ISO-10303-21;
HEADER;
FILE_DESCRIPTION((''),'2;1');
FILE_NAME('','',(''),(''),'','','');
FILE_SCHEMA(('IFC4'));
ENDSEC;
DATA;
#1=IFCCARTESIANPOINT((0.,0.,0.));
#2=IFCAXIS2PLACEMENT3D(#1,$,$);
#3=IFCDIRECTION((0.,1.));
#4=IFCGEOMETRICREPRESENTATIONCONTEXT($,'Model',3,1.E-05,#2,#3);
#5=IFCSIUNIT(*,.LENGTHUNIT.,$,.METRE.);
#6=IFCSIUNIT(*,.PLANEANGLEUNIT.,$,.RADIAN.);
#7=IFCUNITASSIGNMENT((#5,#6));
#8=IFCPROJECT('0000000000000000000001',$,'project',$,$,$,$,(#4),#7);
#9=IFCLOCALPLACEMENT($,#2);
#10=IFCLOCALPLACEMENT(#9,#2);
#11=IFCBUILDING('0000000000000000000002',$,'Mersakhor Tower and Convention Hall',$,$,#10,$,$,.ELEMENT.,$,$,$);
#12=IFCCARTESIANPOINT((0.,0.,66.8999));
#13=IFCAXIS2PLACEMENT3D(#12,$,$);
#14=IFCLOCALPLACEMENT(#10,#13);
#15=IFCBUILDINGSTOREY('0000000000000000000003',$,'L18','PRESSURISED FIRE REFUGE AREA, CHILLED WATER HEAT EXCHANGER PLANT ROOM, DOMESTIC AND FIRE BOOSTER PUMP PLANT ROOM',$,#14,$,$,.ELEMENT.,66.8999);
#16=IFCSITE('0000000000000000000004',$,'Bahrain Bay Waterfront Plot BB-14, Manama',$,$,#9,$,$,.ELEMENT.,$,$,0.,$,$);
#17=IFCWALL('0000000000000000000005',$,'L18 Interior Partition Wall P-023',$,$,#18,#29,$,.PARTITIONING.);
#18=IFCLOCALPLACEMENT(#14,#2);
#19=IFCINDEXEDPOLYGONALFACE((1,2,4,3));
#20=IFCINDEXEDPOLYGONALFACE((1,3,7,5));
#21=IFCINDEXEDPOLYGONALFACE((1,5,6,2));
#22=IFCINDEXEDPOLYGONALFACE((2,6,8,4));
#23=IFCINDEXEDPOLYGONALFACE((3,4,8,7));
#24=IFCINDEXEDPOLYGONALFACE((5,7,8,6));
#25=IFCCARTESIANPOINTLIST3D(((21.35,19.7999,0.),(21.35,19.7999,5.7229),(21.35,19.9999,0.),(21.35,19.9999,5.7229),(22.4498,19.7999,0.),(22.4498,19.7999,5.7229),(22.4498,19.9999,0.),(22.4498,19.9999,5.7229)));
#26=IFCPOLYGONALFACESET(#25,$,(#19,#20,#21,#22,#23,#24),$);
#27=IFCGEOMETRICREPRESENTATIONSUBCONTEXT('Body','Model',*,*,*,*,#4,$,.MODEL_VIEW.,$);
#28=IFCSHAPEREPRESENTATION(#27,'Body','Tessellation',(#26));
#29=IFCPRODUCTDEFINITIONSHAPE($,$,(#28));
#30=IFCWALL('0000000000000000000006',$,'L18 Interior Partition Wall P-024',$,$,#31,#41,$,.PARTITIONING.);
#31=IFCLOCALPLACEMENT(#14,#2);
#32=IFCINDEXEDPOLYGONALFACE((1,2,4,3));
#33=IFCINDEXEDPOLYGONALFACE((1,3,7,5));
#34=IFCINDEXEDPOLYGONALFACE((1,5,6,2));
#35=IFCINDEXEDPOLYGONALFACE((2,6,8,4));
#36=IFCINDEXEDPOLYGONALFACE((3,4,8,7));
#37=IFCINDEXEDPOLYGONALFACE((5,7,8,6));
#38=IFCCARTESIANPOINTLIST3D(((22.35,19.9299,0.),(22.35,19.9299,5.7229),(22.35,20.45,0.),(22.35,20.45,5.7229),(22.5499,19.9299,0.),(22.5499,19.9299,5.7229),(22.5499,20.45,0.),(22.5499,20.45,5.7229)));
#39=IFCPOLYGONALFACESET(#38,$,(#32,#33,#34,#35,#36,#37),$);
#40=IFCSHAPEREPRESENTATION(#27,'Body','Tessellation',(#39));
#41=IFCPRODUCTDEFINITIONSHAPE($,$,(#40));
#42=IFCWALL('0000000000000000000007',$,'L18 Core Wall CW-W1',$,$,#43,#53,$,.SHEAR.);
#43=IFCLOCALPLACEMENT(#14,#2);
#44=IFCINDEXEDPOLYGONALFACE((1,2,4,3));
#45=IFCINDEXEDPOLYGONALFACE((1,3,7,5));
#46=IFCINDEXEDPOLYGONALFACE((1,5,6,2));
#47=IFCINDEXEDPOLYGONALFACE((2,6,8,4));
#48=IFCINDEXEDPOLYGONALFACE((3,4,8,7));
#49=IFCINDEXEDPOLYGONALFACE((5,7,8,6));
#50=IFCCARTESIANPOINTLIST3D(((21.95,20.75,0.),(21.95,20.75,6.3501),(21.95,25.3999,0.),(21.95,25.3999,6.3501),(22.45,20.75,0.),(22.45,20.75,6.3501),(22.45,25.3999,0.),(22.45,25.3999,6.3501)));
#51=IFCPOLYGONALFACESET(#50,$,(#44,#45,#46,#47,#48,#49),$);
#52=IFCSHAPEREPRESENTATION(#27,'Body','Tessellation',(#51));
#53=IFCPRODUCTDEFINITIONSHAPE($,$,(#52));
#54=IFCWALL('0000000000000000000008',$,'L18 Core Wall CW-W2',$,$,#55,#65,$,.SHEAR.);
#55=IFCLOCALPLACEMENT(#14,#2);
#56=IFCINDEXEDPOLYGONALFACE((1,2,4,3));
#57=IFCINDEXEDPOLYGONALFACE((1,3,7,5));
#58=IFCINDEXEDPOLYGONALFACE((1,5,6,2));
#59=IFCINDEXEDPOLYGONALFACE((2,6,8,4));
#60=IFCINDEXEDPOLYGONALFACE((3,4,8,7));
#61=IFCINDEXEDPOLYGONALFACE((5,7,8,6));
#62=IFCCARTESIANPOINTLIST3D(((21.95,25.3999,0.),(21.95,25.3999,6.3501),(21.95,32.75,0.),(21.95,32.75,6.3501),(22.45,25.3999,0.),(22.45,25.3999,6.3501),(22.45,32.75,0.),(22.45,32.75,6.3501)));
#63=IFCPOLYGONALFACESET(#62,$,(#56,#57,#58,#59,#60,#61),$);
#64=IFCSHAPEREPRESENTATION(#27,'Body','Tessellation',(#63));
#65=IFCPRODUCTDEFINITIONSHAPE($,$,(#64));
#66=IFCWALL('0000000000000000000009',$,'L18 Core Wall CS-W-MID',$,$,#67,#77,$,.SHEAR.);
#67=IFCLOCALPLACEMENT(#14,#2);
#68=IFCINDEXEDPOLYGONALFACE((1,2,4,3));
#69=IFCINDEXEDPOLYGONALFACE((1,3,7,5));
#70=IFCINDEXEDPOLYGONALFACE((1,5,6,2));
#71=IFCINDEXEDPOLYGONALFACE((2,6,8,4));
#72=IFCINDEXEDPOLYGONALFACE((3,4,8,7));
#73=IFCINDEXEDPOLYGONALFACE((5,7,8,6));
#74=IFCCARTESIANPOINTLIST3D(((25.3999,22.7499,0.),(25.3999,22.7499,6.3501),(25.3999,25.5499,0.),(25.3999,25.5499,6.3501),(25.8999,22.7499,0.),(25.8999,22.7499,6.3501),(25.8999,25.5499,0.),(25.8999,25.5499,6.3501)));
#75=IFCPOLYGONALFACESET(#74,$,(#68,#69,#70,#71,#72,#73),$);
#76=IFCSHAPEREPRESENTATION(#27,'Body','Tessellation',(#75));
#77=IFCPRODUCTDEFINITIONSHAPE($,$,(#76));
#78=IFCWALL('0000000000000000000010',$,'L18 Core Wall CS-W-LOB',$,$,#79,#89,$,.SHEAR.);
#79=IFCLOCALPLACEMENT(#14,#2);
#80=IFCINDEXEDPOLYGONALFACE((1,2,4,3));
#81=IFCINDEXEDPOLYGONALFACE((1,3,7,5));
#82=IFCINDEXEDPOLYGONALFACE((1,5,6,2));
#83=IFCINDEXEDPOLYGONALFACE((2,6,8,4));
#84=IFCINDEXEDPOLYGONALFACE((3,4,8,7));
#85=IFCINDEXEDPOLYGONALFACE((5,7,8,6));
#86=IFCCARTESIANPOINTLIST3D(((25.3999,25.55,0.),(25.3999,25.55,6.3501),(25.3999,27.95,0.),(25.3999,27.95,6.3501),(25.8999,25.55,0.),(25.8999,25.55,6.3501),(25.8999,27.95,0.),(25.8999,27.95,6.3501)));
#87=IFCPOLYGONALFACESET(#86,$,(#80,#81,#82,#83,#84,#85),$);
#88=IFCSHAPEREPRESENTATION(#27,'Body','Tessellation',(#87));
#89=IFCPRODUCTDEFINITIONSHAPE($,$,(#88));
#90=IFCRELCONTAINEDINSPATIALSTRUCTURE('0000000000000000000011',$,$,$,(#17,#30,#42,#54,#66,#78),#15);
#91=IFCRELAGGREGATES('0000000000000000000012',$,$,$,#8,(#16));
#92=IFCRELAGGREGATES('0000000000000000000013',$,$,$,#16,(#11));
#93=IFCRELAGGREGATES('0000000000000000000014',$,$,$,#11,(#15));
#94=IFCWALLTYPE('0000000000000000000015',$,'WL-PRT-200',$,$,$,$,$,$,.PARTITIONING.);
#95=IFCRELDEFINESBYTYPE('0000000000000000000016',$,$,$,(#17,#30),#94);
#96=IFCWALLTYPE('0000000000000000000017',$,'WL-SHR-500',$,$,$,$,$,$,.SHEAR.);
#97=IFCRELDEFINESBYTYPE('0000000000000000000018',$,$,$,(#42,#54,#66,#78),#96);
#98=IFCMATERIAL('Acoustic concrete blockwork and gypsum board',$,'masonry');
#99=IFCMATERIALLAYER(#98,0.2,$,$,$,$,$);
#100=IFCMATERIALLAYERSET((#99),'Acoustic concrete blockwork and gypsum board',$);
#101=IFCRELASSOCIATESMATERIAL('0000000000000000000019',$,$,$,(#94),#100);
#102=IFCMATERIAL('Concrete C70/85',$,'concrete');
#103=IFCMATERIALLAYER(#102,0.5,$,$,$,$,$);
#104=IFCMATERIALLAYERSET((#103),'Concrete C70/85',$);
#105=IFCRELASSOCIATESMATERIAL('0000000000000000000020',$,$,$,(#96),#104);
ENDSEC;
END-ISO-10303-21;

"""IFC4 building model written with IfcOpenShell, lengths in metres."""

from ifc_helpers import new_model, si_unit, direction, frame, frame_2d, origin, place, context, subcontext, project, spatial, rectangle, extrude, material, layer, layer_set, type_object, element, save


model = new_model("IFC4")

# Units and contexts
model_context = context("Model", 3, precision=1e-05, world=origin(), true_north=direction((0.0, 1.0)))
body_context = subcontext(model_context, "Body", "Model", "MODEL_VIEW")
ifc_project = project(units=[si_unit("LENGTHUNIT", "METRE"), si_unit("PLANEANGLEUNIT", "RADIAN")], contexts=[model_context])

# Site, building, storey
site_placement = place(None, origin())
site = spatial("IfcSite", under=ifc_project, at=site_placement, Name="Bahrain Bay Waterfront Plot BB-14, Manama", CompositionType="ELEMENT", RefElevation=0.0)
building_placement = place(site_placement, origin())
building = spatial("IfcBuilding", under=site, at=building_placement, Name="Mersakhor Tower and Convention Hall", CompositionType="ELEMENT")
storey_placement = place(building_placement, frame((0.0, 0.0, 66.8999)))
storey = spatial("IfcBuildingStorey", under=building, at=storey_placement, Name="L18", Description="PRESSURISED FIRE REFUGE AREA, CHILLED WATER HEAT EXCHANGER PLANT ROOM, DOMESTIC AND FIRE BOOSTER PUMP PLANT ROOM", CompositionType="ELEMENT", Elevation=66.8999)

# Walls
ifc_material_1 = material(Name="Acoustic concrete blockwork and gypsum board", Category="masonry")
ifc_layer_1 = layer(ifc_material_1, 0.2)
ifc_layer_set_1 = layer_set([ifc_layer_1], Name="Acoustic concrete blockwork and gypsum board")
wall_type_1 = type_object("IfcWallType", Name="WL-PRT-200", PredefinedType="PARTITIONING", material=ifc_layer_set_1)
wall_1_placement = place(storey_placement, frame((21.3501, 19.8999, 0.0), z_axis=(0.0, 0.0, 1.0), x_axis=(1.0, 0.0, 0.0)))
element("IfcWall", 1, at=wall_1_placement, inside=storey, type_object=wall_type_1, Name="L18 Interior Partition Wall P-023", PredefinedType="PARTITIONING", context=body_context, shape_type="SweptSolid", body=[
    extrude(rectangle(XDim=1.0999, YDim=0.2, at=frame_2d((0.5498, 0.0))), origin(), (0.0, 0.0, 1.0), 5.7229),
])
wall_2_placement = place(storey_placement, frame((22.45, 19.9299, 0.0), z_axis=(0.0, 0.0, 1.0), x_axis=(0.0, 1.0, 0.0)))
element("IfcWall", 2, at=wall_2_placement, inside=storey, type_object=wall_type_1, Name="L18 Interior Partition Wall P-024", PredefinedType="PARTITIONING", context=body_context, shape_type="SweptSolid", body=[
    extrude(rectangle(XDim=0.52, YDim=0.2, at=frame_2d((0.26, 0.0))), origin(), (0.0, 0.0, 1.0), 5.7229),
])

# Walls
ifc_material_2 = material(Name="Concrete C70/85", Category="concrete")
ifc_layer_2 = layer(ifc_material_2, 0.5)
ifc_layer_set_2 = layer_set([ifc_layer_2], Name="Concrete C70/85")
wall_type_2 = type_object("IfcWallType", Name="WL-SHR-500", PredefinedType="SHEAR", material=ifc_layer_set_2)
wall_3_placement = place(storey_placement, frame((22.2, 20.75, 0.0), z_axis=(0.0, 0.0, 1.0), x_axis=(0.0, 1.0, 0.0)))
element("IfcWall", 3, at=wall_3_placement, inside=storey, type_object=wall_type_2, Name="L18 Core Wall CW-W1", PredefinedType="SHEAR", context=body_context, shape_type="SweptSolid", body=[
    extrude(rectangle(XDim=4.6499, YDim=0.5, at=frame_2d((2.325, 0.0))), origin(), (0.0, 0.0, 1.0), 6.3501),
])
wall_4_placement = place(storey_placement, frame((22.2, 25.3999, 0.0), z_axis=(0.0, 0.0, 1.0), x_axis=(0.0, 1.0, 0.0)))
element("IfcWall", 4, at=wall_4_placement, inside=storey, type_object=wall_type_2, Name="L18 Core Wall CW-W2", PredefinedType="SHEAR", context=body_context, shape_type="SweptSolid", body=[
    extrude(rectangle(XDim=7.3501, YDim=0.5, at=frame_2d((3.675, 0.0))), origin(), (0.0, 0.0, 1.0), 6.3501),
])

# Walls
wall_5_placement = place(storey_placement, frame((25.6499, 22.75, 0.0), z_axis=(0.0, 0.0, 1.0), x_axis=(0.0, 1.0, 0.0)))
element("IfcWall", 5, at=wall_5_placement, inside=storey, type_object=wall_type_2, Name="L18 Core Wall CS-W-MID", PredefinedType="SHEAR", context=body_context, shape_type="SweptSolid", body=[
    extrude(rectangle(XDim=2.8, YDim=0.5, at=frame_2d((1.3999, 0.0))), origin(), (0.0, 0.0, 1.0), 6.3501),
])
wall_6_placement = place(storey_placement, frame((25.6499, 25.55, 0.0), z_axis=(0.0, 0.0, 1.0), x_axis=(0.0, 1.0, 0.0)))
element("IfcWall", 6, at=wall_6_placement, inside=storey, type_object=wall_type_2, Name="L18 Core Wall CS-W-LOB", PredefinedType="SHEAR", context=body_context, shape_type="SweptSolid", body=[
    extrude(rectangle(XDim=2.3999, YDim=0.5, at=frame_2d((1.2, 0.0))), origin(), (0.0, 0.0, 1.0), 6.3501),
])

save(model, "model.ifc")
